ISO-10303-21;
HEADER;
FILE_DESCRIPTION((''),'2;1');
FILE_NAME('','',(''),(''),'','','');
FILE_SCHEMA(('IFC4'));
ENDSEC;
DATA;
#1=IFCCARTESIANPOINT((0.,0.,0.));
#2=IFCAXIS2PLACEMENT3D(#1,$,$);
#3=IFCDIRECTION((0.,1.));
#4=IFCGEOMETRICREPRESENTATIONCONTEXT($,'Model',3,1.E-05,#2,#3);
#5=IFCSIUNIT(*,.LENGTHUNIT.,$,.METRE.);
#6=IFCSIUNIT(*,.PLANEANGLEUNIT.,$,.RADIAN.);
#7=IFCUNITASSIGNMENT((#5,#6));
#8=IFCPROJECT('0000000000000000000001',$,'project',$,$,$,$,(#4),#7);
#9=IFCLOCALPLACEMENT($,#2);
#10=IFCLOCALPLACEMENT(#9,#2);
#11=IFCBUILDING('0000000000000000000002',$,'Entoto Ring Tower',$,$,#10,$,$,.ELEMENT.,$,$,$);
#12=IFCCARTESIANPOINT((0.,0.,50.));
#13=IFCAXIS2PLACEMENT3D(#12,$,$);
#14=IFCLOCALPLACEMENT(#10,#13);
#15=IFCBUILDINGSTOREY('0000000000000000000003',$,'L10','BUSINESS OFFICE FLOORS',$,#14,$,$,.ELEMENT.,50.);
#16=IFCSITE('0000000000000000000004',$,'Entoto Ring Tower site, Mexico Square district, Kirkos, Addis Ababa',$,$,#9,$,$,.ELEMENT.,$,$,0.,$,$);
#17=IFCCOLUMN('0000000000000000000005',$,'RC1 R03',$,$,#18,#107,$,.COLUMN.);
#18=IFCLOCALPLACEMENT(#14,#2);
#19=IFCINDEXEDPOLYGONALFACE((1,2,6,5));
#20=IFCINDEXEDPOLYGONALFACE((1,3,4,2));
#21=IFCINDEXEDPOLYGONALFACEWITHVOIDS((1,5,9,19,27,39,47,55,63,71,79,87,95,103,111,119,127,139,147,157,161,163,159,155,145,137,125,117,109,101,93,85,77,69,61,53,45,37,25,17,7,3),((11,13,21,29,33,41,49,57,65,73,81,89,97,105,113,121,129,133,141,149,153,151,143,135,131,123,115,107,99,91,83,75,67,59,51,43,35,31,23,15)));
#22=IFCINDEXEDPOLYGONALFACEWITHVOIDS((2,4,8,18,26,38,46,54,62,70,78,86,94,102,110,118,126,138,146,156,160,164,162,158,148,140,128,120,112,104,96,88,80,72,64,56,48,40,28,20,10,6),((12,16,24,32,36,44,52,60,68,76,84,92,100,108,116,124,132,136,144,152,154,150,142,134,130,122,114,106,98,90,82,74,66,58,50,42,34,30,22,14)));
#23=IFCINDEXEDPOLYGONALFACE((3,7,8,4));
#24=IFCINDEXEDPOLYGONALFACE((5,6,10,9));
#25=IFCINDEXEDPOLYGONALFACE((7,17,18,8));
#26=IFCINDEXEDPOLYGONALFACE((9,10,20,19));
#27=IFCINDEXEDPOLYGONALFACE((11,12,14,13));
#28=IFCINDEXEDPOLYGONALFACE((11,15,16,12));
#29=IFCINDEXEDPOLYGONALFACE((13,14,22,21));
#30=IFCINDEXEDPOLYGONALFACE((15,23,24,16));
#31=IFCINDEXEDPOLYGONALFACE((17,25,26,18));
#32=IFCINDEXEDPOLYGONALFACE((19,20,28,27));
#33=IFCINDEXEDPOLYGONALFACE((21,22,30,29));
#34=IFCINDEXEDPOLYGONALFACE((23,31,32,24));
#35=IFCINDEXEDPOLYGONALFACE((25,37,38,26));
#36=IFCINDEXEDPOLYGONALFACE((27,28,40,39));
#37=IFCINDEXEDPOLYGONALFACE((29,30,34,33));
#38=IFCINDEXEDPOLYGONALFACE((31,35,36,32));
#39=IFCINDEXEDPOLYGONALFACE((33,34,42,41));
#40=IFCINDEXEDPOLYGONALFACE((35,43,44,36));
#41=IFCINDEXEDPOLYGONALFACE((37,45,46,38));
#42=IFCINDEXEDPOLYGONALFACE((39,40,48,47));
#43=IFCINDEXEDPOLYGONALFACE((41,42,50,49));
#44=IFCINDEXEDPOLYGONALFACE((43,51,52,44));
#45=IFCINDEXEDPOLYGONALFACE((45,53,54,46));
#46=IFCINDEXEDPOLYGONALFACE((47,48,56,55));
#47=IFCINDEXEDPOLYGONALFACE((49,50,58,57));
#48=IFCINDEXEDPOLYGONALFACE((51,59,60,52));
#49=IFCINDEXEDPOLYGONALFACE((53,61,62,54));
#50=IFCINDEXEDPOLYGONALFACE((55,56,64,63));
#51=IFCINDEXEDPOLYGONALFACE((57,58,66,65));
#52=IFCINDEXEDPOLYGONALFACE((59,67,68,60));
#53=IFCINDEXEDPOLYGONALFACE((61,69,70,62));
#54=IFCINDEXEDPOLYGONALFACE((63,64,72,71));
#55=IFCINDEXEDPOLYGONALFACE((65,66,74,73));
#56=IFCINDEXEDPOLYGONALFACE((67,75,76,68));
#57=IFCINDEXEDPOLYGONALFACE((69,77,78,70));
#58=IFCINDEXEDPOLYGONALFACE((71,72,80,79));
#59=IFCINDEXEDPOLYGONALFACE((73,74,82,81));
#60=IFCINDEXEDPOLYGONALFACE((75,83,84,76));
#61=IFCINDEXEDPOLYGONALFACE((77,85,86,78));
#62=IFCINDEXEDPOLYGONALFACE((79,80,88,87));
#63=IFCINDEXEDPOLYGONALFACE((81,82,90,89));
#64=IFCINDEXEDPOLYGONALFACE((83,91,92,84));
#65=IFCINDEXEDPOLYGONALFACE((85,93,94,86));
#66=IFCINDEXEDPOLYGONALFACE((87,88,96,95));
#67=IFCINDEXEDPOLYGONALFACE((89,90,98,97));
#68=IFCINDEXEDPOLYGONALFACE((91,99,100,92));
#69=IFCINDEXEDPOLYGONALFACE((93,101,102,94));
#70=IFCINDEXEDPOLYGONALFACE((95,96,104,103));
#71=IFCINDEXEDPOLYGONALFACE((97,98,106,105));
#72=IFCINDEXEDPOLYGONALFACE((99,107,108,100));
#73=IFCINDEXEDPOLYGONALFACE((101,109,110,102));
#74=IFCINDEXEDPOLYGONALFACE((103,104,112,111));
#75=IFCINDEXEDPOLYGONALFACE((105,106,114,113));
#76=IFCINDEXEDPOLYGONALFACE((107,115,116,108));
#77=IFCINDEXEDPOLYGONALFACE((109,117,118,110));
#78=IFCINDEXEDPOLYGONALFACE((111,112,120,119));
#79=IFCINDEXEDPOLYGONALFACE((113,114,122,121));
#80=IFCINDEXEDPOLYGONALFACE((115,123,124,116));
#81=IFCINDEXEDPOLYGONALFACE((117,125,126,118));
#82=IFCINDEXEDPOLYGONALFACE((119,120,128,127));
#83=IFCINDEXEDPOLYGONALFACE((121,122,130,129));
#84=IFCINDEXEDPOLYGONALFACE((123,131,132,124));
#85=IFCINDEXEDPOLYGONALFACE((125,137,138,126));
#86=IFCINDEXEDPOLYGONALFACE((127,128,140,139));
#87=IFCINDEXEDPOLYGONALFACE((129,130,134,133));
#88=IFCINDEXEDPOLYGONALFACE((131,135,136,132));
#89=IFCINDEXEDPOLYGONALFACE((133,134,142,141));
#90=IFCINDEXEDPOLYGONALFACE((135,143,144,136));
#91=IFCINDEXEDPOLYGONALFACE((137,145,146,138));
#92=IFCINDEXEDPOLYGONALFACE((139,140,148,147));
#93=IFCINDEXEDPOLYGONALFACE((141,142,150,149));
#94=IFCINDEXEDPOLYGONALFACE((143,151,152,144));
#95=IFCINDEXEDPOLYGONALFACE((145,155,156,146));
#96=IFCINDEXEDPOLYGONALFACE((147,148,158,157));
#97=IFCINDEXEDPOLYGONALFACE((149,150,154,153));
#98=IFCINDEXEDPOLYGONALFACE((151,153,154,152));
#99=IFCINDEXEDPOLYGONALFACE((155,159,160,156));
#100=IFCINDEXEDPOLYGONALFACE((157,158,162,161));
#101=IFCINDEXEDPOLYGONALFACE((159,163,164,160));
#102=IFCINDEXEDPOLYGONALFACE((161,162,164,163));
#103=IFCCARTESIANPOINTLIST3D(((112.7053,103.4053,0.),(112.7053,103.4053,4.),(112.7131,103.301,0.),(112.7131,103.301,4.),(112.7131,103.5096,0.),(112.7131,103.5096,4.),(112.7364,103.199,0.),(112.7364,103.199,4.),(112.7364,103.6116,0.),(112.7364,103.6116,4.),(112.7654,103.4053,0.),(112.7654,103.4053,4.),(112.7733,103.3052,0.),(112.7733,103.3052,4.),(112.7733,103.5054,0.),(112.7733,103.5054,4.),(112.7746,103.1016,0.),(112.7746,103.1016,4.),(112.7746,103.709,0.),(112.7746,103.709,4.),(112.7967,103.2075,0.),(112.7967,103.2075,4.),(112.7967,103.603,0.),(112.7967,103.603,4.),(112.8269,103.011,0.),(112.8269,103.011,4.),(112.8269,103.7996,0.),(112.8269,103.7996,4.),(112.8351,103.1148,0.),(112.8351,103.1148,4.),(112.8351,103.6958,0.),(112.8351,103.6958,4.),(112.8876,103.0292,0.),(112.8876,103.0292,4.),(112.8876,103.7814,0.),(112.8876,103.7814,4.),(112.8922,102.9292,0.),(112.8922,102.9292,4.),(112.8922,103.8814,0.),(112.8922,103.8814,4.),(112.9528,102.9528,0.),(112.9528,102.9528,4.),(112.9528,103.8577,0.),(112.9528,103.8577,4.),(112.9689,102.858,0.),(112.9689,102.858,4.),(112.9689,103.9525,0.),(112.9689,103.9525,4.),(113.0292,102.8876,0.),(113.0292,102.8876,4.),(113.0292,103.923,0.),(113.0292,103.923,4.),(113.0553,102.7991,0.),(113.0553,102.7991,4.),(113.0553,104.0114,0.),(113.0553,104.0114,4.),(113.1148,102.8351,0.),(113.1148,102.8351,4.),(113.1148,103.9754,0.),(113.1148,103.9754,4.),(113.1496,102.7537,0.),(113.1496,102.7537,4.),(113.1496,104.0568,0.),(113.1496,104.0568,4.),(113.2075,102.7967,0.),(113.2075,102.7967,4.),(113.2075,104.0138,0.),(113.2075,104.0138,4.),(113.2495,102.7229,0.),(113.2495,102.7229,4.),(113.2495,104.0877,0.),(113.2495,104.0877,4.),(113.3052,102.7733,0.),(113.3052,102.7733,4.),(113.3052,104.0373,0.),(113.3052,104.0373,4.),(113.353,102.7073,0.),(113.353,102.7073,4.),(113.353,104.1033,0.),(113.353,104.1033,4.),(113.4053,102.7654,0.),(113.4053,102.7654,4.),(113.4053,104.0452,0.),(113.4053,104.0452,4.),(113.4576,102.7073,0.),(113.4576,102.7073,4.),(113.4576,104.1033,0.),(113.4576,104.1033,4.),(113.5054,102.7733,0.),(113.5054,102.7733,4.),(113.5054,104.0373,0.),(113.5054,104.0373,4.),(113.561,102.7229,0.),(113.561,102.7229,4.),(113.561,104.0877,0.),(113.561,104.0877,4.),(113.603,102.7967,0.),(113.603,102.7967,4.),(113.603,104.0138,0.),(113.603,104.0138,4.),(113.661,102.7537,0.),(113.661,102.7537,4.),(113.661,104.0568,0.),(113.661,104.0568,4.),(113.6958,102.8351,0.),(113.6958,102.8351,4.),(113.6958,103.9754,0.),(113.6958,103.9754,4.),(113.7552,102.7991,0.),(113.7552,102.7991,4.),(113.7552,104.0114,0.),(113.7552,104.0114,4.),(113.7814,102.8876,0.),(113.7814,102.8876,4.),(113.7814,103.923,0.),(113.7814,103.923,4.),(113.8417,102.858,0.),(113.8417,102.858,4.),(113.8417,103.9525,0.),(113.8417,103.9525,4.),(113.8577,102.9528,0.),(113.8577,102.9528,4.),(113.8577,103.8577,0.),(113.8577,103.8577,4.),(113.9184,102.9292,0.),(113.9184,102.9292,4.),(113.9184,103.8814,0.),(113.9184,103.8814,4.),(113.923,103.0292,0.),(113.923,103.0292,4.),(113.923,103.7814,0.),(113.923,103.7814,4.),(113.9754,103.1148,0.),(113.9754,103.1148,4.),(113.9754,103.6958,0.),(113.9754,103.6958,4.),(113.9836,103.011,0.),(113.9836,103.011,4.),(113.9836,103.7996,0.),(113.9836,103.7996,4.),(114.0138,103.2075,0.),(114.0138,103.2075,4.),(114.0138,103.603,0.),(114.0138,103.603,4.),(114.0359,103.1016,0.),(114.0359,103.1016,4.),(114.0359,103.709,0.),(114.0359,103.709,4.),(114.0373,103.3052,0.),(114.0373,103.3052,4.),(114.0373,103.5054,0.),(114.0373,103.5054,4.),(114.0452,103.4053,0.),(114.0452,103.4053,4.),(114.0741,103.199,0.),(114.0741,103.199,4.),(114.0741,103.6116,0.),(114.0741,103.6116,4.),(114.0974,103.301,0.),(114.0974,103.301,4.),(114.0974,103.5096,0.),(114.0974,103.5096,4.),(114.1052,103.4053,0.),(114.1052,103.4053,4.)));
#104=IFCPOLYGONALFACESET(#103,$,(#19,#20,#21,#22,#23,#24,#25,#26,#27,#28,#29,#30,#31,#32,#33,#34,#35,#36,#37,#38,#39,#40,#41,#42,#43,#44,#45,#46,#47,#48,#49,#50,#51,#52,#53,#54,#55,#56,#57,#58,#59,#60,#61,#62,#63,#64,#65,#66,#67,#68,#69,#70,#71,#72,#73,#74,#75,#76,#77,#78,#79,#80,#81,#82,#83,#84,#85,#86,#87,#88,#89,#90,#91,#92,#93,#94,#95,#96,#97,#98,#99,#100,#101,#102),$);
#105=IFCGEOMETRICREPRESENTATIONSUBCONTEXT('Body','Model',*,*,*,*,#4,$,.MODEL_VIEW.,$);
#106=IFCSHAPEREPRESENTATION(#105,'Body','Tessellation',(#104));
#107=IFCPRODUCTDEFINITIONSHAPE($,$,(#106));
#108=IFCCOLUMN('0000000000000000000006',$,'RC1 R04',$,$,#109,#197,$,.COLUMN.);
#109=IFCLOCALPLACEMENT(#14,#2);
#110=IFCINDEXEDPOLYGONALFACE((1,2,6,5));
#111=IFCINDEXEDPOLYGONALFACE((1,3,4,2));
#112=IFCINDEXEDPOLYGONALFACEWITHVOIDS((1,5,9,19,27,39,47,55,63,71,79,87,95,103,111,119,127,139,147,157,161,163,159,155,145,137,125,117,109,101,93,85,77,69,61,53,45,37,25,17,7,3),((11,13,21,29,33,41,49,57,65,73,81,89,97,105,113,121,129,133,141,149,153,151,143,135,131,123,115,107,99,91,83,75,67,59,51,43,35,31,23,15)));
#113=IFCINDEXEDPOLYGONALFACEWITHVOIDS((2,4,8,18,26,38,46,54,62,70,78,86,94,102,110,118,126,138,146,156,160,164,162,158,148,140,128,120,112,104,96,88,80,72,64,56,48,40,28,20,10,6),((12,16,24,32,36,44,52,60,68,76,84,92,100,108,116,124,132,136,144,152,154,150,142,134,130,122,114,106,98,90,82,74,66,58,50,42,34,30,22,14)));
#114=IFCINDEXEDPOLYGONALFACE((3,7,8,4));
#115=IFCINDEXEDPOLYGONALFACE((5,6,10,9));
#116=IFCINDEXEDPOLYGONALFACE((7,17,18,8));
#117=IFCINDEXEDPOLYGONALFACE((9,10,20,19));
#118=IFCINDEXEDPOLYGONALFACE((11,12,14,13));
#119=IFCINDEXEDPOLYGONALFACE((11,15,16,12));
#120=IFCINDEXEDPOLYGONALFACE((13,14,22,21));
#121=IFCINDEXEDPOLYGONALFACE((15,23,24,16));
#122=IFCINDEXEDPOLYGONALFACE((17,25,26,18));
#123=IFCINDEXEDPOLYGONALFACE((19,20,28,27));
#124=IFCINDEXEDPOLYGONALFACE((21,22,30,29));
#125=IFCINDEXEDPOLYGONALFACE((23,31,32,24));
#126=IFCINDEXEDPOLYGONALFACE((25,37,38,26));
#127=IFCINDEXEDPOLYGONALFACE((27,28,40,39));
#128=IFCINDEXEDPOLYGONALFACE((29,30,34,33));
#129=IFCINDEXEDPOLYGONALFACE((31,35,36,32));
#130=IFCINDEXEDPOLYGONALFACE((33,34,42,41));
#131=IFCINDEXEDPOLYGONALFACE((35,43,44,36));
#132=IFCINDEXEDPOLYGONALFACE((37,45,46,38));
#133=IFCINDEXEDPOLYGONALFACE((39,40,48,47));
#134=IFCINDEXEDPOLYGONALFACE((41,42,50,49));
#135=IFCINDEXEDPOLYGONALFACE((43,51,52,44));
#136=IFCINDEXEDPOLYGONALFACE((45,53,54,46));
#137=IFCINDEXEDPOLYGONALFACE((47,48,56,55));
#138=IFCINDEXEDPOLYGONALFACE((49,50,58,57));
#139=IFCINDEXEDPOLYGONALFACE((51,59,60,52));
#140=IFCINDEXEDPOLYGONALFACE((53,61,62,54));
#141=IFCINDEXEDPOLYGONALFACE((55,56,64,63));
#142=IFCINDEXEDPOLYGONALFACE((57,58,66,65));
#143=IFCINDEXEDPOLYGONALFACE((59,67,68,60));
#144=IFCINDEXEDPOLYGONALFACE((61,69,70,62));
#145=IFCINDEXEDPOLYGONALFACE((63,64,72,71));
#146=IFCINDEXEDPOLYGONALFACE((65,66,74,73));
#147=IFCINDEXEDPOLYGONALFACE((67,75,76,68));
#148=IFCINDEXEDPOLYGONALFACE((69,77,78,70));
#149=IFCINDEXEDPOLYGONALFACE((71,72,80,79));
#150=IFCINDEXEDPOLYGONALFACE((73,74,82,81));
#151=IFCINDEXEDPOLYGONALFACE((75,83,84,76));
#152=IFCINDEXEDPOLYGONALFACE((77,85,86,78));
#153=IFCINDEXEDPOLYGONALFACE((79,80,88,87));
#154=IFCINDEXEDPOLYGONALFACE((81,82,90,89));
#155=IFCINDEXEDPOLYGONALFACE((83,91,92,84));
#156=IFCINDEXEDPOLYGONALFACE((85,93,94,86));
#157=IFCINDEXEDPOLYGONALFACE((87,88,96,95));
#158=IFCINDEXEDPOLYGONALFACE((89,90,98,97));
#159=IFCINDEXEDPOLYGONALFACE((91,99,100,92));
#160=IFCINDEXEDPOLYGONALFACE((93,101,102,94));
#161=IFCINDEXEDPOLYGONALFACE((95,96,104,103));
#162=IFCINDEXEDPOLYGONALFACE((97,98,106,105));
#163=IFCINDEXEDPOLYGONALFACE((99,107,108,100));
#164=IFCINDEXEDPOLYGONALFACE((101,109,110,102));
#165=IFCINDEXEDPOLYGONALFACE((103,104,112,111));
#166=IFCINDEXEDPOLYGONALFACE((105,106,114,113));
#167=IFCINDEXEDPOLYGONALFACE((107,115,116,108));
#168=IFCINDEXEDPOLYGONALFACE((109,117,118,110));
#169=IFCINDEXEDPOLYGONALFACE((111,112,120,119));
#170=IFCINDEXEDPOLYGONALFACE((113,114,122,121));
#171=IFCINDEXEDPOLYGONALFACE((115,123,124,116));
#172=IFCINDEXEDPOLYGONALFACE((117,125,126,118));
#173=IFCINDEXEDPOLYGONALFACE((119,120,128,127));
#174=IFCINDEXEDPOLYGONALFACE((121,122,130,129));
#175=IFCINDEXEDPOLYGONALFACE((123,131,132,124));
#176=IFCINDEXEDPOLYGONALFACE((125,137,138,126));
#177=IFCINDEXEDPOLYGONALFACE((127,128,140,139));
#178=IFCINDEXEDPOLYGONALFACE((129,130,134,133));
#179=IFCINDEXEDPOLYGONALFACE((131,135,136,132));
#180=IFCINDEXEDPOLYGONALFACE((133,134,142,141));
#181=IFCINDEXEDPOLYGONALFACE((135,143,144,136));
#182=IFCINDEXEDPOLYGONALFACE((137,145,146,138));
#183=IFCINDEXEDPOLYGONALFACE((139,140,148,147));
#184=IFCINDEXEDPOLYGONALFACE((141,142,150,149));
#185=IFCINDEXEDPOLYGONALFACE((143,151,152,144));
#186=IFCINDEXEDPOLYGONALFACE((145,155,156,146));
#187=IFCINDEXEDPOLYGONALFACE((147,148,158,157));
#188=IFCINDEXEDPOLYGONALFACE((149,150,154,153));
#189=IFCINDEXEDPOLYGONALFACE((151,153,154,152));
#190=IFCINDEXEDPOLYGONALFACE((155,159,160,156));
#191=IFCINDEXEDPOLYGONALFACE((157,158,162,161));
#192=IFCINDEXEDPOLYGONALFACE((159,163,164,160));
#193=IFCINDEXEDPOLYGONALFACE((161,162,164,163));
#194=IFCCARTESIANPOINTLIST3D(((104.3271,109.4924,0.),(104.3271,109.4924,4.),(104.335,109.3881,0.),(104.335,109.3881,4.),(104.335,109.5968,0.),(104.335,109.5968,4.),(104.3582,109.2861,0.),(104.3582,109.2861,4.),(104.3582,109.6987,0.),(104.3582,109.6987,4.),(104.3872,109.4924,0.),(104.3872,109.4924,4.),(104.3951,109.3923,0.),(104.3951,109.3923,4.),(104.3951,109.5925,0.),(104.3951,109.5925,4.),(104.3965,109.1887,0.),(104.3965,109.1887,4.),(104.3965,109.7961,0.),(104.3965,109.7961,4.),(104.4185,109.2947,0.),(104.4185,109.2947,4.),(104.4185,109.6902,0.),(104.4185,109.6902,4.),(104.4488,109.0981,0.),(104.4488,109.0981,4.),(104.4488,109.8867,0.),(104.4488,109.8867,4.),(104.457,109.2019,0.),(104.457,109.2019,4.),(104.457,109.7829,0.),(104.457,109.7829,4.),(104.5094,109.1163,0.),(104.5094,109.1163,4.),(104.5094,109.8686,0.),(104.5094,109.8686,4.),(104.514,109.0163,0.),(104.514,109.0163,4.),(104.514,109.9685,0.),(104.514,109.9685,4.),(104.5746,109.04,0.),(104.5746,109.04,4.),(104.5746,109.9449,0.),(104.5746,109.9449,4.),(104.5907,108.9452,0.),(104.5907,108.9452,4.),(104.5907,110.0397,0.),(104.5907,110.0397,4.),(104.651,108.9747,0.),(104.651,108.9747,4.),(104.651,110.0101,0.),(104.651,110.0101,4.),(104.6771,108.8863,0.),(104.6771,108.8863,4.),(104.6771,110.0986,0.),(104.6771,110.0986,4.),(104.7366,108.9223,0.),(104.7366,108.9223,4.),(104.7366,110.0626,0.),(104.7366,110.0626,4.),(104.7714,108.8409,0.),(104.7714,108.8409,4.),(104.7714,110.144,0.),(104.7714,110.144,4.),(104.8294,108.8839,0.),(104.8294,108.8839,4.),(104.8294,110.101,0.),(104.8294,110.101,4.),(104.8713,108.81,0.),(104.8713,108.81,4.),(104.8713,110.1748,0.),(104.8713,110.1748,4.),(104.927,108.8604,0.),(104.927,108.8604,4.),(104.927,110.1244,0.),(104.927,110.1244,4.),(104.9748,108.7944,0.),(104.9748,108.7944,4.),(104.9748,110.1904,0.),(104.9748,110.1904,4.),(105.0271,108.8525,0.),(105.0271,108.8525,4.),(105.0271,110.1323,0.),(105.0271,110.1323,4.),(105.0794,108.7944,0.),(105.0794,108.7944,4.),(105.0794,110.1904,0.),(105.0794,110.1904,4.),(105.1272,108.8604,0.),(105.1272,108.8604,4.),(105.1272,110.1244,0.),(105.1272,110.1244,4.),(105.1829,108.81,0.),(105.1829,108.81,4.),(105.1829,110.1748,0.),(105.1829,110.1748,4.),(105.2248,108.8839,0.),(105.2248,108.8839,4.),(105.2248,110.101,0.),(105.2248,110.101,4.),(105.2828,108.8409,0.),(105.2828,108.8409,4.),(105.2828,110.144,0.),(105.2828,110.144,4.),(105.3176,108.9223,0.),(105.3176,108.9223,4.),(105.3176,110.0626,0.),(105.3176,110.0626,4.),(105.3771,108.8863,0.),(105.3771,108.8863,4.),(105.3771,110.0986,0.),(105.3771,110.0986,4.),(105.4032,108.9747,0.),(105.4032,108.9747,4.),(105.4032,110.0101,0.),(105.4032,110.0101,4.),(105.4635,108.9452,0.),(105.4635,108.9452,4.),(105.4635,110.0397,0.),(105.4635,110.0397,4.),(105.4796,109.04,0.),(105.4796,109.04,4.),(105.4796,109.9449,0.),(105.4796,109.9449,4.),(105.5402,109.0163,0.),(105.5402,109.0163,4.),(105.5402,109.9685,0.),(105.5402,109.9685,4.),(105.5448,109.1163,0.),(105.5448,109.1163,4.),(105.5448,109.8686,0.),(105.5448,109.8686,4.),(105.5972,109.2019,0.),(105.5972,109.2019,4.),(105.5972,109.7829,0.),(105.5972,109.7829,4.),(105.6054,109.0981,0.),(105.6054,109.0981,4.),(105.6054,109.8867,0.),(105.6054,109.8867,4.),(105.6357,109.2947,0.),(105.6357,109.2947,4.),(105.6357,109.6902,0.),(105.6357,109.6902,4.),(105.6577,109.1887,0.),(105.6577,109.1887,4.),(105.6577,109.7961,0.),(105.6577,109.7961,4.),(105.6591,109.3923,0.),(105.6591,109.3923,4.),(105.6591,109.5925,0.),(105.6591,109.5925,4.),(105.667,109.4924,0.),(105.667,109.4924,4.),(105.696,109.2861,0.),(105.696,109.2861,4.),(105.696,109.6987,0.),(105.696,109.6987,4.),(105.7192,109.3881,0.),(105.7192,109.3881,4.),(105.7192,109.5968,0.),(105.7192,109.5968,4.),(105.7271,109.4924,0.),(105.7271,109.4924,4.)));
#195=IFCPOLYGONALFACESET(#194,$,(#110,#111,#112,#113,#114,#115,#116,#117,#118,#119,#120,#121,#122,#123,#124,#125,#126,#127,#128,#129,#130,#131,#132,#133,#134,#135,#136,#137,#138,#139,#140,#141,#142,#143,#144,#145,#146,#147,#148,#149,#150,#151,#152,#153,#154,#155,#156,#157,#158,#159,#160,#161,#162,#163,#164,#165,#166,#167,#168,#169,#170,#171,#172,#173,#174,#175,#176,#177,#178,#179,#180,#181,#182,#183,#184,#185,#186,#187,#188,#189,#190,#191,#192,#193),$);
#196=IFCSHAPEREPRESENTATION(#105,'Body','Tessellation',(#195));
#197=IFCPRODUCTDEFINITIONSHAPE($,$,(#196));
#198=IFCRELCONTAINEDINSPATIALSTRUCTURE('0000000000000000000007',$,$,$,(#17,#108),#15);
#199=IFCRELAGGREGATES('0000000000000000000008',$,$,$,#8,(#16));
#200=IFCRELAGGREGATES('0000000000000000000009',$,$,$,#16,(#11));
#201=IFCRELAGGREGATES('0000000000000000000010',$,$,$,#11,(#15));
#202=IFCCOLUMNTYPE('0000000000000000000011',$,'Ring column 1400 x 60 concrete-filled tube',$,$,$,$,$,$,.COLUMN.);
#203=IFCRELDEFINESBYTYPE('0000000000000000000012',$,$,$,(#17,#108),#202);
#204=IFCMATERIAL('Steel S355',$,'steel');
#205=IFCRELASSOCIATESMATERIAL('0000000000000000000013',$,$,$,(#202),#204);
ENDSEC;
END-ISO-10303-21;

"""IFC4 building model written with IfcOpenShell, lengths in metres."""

from ifc_helpers import new_model, si_unit, direction, frame, origin, origin_2d, place, context, subcontext, project, spatial, circle, hollow_circle, extrude, material, material_profile, profile_set, type_object, element, save


model = new_model("IFC4")

# Units and contexts
model_context = context("Model", 3, precision=1e-05, world=origin(), true_north=direction((0.0, 1.0)))
body_context = subcontext(model_context, "Body", "Model", "MODEL_VIEW")
ifc_project = project(units=[si_unit("LENGTHUNIT", "METRE"), si_unit("PLANEANGLEUNIT", "RADIAN")], contexts=[model_context])

# Site, building, storey
site_placement = place(None, origin())
site = spatial("IfcSite", under=ifc_project, at=site_placement, Name="Entoto Ring Tower site, Mexico Square district, Kirkos, Addis Ababa", CompositionType="ELEMENT", RefElevation=0.0)
building_placement = place(site_placement, origin())
building = spatial("IfcBuilding", under=site, at=building_placement, Name="Entoto Ring Tower", CompositionType="ELEMENT")
storey_placement = place(building_placement, frame((0.0, 0.0, 50.0)))
storey = spatial("IfcBuildingStorey", under=building, at=storey_placement, Name="L10", Description="BUSINESS OFFICE FLOORS", CompositionType="ELEMENT", Elevation=50.0)

# Columns
ifc_material_1 = material(Name="Steel S355", Category="steel")
ifc_material_profile_1 = material_profile(ifc_material_1, hollow_circle(Radius=0.7, WallThickness=0.0601, at=origin_2d()), Name="CHS 1400 x 60")
ifc_material_2 = material(Name="Concrete C60/75", Category="concrete")
ifc_material_profile_2 = material_profile(ifc_material_2, circle(Radius=0.6399, at=origin_2d()), Name="Concrete C60/75 infill")
ifc_profile_set_1 = profile_set([ifc_material_profile_1, ifc_material_profile_2], Name="Steel S355")
column_type = type_object("IfcColumnType", Name="Ring column 1400 x 60 concrete-filled tube", PredefinedType="COLUMN", material=ifc_profile_set_1)
for number, where, z_axis, x_axis, name in (
    (1, (113.4053, 103.4053, 0.0), (0.0, 0.0, 1.0), (1.0, 0.0, 0.0), "RC1 R03"),
    (2, (105.0271, 109.4924, 0.0), (0.0, 0.0, 1.0), (1.0, 0.0, 0.0), "RC1 R04"),
):
    element("IfcColumn", number, at=place(storey_placement, frame(where, z_axis=z_axis, x_axis=x_axis)), inside=storey, type_object=column_type, Name=name, PredefinedType="COLUMN", context=body_context, shape_type="SweptSolid", body=[
        extrude(hollow_circle(Radius=0.7, WallThickness=0.0601, at=origin_2d()), origin(), (0.0, 0.0, 1.0), 4.0),
    ])

save(model, "model.ifc")
